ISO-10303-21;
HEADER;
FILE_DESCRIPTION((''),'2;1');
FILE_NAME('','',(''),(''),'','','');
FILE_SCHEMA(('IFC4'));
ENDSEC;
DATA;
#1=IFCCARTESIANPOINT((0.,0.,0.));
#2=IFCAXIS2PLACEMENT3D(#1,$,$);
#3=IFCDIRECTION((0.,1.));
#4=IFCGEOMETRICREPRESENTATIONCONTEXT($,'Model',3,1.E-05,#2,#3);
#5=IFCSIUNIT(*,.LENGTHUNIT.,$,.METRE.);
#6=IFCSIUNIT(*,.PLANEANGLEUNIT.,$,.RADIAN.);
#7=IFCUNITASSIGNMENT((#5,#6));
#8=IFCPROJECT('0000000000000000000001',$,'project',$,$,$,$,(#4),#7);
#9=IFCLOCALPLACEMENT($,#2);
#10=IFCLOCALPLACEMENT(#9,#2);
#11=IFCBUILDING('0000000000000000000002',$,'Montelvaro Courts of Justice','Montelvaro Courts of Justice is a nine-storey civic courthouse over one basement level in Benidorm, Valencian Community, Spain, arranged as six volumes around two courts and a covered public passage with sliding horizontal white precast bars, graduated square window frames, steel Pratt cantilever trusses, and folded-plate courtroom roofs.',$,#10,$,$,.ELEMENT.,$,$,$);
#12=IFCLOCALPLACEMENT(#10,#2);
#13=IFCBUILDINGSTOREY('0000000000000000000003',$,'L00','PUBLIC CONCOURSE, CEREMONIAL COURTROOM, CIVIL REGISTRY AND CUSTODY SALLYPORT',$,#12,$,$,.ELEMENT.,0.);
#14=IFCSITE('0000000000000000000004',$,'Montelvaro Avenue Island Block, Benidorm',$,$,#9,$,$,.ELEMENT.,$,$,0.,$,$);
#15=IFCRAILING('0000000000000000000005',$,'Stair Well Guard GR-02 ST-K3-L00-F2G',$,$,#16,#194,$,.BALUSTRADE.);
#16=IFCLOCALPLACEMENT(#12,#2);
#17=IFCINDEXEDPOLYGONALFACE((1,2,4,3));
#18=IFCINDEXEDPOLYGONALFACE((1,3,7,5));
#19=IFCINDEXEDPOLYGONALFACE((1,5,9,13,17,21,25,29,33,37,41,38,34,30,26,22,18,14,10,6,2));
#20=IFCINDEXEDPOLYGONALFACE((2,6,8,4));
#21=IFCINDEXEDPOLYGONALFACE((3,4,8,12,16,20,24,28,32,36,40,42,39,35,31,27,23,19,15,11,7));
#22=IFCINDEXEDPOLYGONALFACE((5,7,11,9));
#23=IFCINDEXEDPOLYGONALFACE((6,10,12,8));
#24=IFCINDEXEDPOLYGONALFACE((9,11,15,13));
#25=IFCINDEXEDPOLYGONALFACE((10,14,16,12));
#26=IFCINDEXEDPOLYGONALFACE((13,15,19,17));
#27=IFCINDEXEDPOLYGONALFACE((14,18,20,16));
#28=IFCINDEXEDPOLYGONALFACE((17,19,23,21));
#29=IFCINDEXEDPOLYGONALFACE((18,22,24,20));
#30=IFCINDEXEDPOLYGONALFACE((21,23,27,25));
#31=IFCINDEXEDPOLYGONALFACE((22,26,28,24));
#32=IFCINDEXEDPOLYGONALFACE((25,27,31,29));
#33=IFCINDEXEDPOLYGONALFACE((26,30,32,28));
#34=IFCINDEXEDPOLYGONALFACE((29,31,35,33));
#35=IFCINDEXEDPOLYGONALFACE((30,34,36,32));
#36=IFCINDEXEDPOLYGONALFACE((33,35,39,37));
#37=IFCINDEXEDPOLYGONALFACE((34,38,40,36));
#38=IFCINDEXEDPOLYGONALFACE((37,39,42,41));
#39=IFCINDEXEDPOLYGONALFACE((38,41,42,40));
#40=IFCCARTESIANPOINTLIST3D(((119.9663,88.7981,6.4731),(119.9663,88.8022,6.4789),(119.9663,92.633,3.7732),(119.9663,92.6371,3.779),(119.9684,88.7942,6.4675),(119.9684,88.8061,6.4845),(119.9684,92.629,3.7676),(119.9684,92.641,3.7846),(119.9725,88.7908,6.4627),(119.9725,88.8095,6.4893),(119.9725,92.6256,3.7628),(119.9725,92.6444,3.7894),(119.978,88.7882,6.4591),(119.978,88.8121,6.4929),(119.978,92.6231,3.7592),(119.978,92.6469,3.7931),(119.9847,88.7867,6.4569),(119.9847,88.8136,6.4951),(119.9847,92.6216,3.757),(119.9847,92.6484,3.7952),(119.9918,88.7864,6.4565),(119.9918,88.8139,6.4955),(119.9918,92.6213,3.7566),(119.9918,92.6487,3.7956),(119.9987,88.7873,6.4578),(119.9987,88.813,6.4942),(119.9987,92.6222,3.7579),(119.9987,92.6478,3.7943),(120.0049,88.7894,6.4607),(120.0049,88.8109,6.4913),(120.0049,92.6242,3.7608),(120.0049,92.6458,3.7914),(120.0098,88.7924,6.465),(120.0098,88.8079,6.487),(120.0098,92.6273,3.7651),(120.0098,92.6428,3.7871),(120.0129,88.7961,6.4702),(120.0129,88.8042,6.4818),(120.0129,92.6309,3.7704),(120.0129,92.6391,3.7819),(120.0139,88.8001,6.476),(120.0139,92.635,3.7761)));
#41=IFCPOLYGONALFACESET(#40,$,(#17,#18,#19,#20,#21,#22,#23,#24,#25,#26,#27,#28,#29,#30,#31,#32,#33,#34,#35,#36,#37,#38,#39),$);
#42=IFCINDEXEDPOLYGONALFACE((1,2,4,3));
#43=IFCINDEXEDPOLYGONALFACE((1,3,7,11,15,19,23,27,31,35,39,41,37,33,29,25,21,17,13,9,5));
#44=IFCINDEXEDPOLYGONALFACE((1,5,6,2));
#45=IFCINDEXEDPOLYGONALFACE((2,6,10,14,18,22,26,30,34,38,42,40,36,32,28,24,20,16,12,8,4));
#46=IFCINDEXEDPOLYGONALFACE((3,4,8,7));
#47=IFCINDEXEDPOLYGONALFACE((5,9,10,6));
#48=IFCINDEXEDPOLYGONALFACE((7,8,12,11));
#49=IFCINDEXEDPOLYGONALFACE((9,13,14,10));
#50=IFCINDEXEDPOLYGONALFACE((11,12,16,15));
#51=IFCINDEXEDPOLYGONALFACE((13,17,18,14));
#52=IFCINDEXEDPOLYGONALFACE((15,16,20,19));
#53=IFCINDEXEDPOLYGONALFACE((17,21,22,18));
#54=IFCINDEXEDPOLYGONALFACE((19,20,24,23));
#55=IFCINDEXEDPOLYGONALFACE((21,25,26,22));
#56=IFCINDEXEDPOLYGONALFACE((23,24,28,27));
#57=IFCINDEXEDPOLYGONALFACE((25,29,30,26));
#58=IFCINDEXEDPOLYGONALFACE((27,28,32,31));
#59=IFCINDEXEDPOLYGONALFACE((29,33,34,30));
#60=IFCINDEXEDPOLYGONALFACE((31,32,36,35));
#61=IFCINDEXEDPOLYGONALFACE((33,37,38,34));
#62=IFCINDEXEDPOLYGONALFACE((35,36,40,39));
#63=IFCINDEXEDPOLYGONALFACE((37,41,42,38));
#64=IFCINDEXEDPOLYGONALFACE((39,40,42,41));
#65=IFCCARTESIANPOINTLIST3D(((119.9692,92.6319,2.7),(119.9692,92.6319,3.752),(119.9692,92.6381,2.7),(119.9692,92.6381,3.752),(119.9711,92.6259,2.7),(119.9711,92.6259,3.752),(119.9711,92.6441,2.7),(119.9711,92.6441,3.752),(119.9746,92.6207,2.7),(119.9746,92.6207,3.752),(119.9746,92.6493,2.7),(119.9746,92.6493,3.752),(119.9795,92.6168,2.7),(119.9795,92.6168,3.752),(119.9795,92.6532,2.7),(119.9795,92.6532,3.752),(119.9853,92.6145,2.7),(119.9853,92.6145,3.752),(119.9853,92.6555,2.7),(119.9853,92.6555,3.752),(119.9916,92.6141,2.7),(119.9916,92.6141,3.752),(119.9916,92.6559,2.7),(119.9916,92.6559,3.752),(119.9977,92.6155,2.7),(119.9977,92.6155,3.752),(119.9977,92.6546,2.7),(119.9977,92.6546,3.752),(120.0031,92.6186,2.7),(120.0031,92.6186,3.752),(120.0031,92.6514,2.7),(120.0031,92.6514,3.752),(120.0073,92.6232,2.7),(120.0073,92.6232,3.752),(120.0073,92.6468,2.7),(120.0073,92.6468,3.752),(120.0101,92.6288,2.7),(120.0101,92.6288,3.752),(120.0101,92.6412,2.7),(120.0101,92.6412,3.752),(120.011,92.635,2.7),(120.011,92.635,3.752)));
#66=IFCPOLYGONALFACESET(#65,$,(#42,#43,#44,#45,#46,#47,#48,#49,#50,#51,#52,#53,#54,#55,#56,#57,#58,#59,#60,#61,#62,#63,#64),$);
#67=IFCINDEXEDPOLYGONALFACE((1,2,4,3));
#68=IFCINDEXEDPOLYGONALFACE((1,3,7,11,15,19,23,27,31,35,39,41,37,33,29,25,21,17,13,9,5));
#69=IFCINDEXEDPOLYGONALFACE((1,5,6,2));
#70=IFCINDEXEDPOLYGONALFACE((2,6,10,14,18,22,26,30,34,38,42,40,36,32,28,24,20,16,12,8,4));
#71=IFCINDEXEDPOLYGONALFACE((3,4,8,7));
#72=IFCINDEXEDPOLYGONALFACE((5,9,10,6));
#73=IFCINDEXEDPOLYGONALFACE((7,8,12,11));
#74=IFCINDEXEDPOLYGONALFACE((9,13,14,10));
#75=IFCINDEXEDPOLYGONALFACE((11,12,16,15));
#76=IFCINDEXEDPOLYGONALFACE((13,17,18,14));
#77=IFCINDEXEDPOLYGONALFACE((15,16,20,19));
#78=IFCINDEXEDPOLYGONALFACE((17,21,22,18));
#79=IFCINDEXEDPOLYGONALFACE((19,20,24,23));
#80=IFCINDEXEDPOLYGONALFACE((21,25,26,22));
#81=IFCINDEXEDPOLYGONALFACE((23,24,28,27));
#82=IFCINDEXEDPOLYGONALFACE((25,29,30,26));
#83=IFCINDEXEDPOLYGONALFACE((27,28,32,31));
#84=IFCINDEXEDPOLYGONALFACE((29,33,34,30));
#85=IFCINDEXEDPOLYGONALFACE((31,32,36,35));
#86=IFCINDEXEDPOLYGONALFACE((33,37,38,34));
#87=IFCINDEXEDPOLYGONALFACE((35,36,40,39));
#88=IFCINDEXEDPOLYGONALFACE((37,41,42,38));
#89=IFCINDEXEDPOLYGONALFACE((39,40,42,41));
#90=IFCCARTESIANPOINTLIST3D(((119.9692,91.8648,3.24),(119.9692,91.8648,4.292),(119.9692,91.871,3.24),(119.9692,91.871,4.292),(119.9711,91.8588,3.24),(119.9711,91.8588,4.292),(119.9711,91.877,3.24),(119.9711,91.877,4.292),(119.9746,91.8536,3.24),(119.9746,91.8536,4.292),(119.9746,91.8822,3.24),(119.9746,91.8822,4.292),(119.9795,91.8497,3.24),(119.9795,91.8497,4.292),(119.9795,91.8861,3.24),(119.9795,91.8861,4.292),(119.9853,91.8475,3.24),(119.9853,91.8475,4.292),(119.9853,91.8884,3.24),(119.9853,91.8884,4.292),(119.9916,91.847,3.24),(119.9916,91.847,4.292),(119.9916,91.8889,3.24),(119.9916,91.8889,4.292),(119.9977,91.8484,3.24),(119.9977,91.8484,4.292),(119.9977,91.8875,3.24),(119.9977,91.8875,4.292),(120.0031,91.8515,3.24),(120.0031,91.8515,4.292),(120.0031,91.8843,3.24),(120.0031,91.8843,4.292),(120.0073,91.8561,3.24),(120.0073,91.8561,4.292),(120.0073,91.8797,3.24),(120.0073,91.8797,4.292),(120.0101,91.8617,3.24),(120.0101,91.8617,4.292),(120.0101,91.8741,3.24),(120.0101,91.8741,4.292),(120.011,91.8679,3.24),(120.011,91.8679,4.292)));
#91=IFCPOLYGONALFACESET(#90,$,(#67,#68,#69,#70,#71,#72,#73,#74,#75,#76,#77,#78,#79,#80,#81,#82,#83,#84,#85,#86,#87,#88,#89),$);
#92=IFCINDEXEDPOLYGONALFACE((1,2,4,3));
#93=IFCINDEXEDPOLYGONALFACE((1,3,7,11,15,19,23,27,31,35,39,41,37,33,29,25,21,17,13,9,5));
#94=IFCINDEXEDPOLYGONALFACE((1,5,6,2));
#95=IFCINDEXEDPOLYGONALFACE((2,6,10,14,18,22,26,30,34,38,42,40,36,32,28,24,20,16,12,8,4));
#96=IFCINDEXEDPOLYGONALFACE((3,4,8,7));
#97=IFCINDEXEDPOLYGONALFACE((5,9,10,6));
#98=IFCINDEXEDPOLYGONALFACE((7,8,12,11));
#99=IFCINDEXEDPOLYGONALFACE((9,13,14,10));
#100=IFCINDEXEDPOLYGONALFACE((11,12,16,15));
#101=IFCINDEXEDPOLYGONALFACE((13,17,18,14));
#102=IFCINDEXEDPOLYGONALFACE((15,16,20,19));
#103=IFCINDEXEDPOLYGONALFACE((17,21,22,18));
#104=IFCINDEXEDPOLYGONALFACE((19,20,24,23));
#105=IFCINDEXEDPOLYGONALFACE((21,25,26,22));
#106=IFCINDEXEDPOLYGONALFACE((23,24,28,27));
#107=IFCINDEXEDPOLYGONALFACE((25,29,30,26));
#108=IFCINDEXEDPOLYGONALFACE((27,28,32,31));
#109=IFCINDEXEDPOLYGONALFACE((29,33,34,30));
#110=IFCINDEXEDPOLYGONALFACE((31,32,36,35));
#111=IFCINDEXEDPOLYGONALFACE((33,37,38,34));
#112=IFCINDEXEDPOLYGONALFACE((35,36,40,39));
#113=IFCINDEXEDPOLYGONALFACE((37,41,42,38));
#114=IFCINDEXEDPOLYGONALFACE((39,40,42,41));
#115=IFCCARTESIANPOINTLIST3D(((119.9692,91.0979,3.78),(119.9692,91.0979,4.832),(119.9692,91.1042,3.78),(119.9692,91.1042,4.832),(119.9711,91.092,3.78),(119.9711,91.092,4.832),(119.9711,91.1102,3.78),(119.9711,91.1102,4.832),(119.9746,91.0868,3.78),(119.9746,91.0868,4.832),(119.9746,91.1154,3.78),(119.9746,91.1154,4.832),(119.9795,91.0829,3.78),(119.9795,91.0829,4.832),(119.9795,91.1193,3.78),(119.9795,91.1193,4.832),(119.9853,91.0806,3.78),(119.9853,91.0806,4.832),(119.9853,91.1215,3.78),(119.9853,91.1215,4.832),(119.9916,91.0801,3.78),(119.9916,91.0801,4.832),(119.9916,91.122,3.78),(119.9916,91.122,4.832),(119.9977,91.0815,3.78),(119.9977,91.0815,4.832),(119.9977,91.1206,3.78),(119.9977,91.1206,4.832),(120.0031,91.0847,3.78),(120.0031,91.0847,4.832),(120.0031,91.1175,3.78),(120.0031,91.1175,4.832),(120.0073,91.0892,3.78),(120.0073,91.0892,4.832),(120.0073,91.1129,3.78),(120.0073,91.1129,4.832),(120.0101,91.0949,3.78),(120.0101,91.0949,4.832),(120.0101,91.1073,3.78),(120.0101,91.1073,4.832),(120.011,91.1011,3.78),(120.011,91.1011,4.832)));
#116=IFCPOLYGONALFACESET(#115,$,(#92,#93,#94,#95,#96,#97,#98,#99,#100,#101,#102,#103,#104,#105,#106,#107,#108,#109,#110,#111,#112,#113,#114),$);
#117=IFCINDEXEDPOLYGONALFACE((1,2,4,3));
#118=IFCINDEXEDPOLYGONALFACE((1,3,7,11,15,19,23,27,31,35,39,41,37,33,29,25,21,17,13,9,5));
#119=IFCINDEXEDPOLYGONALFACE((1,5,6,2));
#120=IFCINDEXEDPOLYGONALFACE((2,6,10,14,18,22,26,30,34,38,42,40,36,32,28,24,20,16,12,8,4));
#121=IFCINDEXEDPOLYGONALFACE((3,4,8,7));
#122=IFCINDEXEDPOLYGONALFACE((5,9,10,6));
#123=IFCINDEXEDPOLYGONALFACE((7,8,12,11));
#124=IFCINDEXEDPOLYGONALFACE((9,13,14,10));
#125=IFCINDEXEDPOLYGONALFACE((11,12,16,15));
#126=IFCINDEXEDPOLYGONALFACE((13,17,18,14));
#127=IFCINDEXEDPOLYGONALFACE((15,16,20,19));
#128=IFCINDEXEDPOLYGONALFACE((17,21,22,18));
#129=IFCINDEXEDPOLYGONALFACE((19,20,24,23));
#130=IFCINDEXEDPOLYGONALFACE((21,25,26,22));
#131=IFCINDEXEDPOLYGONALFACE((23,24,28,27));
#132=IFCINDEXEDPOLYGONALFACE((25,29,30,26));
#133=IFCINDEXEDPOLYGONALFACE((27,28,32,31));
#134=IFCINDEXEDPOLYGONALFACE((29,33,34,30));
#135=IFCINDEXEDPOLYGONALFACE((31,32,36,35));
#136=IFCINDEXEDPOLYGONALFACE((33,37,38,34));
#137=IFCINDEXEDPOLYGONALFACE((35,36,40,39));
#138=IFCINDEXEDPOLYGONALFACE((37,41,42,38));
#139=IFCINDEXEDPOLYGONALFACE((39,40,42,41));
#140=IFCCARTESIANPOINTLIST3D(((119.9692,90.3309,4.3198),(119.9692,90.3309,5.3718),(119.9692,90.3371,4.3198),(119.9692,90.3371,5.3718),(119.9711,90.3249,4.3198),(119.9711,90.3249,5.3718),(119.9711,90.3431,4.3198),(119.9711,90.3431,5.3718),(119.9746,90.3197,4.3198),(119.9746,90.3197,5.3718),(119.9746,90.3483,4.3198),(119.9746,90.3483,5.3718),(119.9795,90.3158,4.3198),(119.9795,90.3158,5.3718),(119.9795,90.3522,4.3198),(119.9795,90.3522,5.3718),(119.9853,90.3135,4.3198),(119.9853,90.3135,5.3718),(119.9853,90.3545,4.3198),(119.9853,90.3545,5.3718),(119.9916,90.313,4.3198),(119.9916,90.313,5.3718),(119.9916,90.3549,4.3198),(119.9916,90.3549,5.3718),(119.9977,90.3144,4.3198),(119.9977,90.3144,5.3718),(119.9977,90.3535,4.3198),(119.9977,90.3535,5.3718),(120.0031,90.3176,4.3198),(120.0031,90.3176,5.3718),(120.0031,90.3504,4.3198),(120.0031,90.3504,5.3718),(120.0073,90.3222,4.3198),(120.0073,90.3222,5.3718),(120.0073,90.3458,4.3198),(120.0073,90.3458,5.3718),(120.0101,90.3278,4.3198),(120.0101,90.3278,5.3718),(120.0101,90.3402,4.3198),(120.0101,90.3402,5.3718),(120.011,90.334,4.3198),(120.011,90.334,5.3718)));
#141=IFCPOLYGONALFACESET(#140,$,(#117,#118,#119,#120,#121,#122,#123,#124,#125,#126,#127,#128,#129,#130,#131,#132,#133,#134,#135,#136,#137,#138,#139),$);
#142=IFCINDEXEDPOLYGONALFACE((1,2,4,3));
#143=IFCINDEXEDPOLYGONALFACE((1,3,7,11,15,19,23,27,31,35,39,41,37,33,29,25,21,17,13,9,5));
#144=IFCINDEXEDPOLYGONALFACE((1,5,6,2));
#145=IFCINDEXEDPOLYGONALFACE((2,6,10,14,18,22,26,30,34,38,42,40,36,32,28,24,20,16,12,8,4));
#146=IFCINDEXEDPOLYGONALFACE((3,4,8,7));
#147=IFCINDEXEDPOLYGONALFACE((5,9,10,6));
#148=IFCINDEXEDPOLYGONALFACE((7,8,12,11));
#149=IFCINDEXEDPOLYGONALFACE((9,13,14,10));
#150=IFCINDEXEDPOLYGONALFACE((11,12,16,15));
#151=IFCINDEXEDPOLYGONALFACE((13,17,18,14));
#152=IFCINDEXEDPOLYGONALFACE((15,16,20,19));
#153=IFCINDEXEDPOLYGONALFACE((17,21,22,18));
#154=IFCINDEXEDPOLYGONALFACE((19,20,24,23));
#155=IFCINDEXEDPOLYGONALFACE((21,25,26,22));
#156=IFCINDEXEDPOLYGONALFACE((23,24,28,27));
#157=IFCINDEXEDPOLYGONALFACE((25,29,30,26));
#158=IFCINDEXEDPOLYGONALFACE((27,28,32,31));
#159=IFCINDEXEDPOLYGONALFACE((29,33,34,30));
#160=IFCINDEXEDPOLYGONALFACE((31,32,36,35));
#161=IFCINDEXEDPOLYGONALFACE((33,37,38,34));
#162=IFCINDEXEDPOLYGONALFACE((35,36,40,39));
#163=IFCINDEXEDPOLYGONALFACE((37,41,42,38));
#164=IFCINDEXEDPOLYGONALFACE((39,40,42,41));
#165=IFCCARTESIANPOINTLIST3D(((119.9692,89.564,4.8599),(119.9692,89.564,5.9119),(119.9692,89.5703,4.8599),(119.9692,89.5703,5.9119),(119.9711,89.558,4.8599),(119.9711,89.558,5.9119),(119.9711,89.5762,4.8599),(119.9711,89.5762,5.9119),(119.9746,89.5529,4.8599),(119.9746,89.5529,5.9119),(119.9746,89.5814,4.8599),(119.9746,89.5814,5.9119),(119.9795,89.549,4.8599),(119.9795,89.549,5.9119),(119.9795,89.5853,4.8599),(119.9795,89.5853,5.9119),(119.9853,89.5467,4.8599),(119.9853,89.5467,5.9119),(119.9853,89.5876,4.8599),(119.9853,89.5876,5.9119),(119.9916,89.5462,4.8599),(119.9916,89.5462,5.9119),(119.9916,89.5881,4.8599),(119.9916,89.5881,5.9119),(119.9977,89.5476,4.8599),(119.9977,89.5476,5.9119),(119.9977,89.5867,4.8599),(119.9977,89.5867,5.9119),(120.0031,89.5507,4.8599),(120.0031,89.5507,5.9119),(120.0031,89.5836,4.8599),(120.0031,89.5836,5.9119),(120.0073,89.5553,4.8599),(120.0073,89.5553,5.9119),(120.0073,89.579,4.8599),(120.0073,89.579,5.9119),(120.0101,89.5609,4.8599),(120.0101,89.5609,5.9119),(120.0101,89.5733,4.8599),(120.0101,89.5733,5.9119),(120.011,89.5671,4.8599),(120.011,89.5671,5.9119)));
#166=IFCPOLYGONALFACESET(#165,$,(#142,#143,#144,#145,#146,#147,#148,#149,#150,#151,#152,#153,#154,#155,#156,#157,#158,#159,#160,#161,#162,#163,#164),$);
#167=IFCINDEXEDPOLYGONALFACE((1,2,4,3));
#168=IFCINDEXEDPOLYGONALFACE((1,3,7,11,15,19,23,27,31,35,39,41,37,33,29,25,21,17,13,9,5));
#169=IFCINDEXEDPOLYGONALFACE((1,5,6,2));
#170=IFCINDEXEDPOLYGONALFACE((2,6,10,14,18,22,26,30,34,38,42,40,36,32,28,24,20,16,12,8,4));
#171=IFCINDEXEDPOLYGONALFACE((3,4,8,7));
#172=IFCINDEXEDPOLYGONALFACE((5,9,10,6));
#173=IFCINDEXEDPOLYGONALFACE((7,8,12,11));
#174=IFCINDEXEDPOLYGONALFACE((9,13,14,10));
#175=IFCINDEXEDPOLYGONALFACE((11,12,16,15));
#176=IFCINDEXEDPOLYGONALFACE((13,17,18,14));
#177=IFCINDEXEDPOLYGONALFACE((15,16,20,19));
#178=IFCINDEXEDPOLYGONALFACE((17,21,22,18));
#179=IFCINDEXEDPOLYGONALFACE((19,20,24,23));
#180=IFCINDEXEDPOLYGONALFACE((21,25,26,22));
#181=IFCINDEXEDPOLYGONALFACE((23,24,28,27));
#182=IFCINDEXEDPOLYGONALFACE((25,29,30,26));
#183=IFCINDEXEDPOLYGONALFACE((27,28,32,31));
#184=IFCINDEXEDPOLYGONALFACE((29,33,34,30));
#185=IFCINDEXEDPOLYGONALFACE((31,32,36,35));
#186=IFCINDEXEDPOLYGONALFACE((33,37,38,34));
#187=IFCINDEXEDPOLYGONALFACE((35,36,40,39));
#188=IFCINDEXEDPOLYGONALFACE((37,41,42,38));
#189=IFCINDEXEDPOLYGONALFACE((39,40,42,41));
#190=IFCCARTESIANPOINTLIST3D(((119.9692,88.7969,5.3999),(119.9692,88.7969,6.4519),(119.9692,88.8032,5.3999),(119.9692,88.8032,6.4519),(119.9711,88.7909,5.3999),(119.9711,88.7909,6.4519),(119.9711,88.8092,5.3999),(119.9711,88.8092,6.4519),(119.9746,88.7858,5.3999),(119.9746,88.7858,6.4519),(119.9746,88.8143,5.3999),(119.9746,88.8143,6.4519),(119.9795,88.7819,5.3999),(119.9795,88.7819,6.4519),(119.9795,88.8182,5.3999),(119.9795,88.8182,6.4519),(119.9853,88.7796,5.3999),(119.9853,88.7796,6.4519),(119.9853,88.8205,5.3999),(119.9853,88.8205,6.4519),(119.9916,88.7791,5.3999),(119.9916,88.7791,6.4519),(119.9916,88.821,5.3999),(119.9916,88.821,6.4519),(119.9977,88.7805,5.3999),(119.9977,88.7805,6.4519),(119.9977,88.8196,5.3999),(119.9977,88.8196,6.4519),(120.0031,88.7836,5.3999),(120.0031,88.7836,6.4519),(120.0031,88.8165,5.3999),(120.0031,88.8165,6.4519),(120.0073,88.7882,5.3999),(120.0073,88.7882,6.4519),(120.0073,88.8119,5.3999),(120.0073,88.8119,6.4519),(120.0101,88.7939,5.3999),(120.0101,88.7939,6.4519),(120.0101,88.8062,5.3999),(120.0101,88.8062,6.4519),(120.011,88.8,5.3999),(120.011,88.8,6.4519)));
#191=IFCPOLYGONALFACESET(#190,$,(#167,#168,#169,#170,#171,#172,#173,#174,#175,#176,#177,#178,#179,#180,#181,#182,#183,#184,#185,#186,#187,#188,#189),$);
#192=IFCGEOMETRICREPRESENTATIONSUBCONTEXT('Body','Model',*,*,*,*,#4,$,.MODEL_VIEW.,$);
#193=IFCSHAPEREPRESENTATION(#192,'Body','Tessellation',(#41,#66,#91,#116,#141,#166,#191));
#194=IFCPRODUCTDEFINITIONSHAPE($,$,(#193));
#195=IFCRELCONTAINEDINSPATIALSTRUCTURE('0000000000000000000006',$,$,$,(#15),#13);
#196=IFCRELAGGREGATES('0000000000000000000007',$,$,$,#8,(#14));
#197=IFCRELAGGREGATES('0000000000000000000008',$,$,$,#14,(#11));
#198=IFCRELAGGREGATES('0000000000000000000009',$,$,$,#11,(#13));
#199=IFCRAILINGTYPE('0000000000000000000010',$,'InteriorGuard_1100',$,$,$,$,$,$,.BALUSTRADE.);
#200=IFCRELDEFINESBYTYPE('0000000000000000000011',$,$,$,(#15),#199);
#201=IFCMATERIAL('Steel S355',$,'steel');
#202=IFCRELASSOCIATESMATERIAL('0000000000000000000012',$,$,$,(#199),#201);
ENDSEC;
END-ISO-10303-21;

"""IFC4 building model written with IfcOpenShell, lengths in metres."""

from ifc_helpers import new_model, si_unit, direction, frame, origin, origin_2d, place, context, subcontext, project, spatial, circle, extrude, material, type_object, element, save


model = new_model("IFC4")

# Units and contexts
model_context = context("Model", 3, precision=1e-05, world=origin(), true_north=direction((0.0, 1.0)))
body_context = subcontext(model_context, "Body", "Model", "MODEL_VIEW")
ifc_project = project(units=[si_unit("LENGTHUNIT", "METRE"), si_unit("PLANEANGLEUNIT", "RADIAN")], contexts=[model_context])

# Site, building, storey
site_placement = place(None, origin())
site = spatial("IfcSite", under=ifc_project, at=site_placement, Name="Montelvaro Avenue Island Block, Benidorm", CompositionType="ELEMENT", RefElevation=0.0)
building_placement = place(site_placement, origin())
building = spatial("IfcBuilding", under=site, at=building_placement, Name="Montelvaro Courts of Justice", Description="Montelvaro Courts of Justice is a nine-storey civic courthouse over one basement level in Benidorm, Valencian Community, Spain, arranged as six volumes around two courts and a covered public passage with sliding horizontal white precast bars, graduated square window frames, steel Pratt cantilever trusses, and folded-plate courtroom roofs.", CompositionType="ELEMENT")
storey_placement = place(building_placement, origin())
storey = spatial("IfcBuildingStorey", under=building, at=storey_placement, Name="L00", Description="PUBLIC CONCOURSE, CEREMONIAL COURTROOM, CIVIL REGISTRY AND CUSTODY SALLYPORT", CompositionType="ELEMENT", Elevation=0.0)

# Shared definitions
ifc_material_1 = material(Name="Steel S355", Category="steel")

# Railing
railing_type_1 = type_object("IfcRailingType", Name="InteriorGuard_1100", PredefinedType="BALUSTRADE", material=ifc_material_1)
railing_1_placement = place(storey_placement, frame((119.99, 92.635, 2.7)))
element("IfcRailing", 1, at=railing_1_placement, inside=storey, type_object=railing_type_1, Name="Stair Well Guard GR-02 ST-K3-L00-F2G", PredefinedType="BALUSTRADE", context=body_context, shape_type="SweptSolid", body=[
    extrude(circle(Radius=0.0239, at=origin_2d()), frame((0.0, 0.0, 1.0762), z_axis=(0.0, -0.817678, 0.575675), x_axis=(1.0, 0.0, 0.0)), (0.0, 0.0, 1.0), 4.6899),
    extrude(circle(Radius=0.021, at=origin_2d()), origin(), (0.0, 0.0, 1.0), 1.052),
    extrude(circle(Radius=0.021, at=origin_2d()), frame((0.0, -0.7671, 0.54)), (0.0, 0.0, 1.0), 1.052),
    extrude(circle(Radius=0.021, at=origin_2d()), frame((0.0, -1.5339, 1.0801)), (0.0, 0.0, 1.0), 1.052),
    extrude(circle(Radius=0.021, at=origin_2d()), frame((0.0, -2.301, 1.6199)), (0.0, 0.0, 1.0), 1.052),
    extrude(circle(Radius=0.021, at=origin_2d()), frame((0.0, -3.0679, 2.1599)), (0.0, 0.0, 1.0), 1.052),
    extrude(circle(Radius=0.021, at=origin_2d()), frame((0.0, -3.835, 2.7)), (0.0, 0.0, 1.0), 1.052),
])

save(model, "model.ifc")
